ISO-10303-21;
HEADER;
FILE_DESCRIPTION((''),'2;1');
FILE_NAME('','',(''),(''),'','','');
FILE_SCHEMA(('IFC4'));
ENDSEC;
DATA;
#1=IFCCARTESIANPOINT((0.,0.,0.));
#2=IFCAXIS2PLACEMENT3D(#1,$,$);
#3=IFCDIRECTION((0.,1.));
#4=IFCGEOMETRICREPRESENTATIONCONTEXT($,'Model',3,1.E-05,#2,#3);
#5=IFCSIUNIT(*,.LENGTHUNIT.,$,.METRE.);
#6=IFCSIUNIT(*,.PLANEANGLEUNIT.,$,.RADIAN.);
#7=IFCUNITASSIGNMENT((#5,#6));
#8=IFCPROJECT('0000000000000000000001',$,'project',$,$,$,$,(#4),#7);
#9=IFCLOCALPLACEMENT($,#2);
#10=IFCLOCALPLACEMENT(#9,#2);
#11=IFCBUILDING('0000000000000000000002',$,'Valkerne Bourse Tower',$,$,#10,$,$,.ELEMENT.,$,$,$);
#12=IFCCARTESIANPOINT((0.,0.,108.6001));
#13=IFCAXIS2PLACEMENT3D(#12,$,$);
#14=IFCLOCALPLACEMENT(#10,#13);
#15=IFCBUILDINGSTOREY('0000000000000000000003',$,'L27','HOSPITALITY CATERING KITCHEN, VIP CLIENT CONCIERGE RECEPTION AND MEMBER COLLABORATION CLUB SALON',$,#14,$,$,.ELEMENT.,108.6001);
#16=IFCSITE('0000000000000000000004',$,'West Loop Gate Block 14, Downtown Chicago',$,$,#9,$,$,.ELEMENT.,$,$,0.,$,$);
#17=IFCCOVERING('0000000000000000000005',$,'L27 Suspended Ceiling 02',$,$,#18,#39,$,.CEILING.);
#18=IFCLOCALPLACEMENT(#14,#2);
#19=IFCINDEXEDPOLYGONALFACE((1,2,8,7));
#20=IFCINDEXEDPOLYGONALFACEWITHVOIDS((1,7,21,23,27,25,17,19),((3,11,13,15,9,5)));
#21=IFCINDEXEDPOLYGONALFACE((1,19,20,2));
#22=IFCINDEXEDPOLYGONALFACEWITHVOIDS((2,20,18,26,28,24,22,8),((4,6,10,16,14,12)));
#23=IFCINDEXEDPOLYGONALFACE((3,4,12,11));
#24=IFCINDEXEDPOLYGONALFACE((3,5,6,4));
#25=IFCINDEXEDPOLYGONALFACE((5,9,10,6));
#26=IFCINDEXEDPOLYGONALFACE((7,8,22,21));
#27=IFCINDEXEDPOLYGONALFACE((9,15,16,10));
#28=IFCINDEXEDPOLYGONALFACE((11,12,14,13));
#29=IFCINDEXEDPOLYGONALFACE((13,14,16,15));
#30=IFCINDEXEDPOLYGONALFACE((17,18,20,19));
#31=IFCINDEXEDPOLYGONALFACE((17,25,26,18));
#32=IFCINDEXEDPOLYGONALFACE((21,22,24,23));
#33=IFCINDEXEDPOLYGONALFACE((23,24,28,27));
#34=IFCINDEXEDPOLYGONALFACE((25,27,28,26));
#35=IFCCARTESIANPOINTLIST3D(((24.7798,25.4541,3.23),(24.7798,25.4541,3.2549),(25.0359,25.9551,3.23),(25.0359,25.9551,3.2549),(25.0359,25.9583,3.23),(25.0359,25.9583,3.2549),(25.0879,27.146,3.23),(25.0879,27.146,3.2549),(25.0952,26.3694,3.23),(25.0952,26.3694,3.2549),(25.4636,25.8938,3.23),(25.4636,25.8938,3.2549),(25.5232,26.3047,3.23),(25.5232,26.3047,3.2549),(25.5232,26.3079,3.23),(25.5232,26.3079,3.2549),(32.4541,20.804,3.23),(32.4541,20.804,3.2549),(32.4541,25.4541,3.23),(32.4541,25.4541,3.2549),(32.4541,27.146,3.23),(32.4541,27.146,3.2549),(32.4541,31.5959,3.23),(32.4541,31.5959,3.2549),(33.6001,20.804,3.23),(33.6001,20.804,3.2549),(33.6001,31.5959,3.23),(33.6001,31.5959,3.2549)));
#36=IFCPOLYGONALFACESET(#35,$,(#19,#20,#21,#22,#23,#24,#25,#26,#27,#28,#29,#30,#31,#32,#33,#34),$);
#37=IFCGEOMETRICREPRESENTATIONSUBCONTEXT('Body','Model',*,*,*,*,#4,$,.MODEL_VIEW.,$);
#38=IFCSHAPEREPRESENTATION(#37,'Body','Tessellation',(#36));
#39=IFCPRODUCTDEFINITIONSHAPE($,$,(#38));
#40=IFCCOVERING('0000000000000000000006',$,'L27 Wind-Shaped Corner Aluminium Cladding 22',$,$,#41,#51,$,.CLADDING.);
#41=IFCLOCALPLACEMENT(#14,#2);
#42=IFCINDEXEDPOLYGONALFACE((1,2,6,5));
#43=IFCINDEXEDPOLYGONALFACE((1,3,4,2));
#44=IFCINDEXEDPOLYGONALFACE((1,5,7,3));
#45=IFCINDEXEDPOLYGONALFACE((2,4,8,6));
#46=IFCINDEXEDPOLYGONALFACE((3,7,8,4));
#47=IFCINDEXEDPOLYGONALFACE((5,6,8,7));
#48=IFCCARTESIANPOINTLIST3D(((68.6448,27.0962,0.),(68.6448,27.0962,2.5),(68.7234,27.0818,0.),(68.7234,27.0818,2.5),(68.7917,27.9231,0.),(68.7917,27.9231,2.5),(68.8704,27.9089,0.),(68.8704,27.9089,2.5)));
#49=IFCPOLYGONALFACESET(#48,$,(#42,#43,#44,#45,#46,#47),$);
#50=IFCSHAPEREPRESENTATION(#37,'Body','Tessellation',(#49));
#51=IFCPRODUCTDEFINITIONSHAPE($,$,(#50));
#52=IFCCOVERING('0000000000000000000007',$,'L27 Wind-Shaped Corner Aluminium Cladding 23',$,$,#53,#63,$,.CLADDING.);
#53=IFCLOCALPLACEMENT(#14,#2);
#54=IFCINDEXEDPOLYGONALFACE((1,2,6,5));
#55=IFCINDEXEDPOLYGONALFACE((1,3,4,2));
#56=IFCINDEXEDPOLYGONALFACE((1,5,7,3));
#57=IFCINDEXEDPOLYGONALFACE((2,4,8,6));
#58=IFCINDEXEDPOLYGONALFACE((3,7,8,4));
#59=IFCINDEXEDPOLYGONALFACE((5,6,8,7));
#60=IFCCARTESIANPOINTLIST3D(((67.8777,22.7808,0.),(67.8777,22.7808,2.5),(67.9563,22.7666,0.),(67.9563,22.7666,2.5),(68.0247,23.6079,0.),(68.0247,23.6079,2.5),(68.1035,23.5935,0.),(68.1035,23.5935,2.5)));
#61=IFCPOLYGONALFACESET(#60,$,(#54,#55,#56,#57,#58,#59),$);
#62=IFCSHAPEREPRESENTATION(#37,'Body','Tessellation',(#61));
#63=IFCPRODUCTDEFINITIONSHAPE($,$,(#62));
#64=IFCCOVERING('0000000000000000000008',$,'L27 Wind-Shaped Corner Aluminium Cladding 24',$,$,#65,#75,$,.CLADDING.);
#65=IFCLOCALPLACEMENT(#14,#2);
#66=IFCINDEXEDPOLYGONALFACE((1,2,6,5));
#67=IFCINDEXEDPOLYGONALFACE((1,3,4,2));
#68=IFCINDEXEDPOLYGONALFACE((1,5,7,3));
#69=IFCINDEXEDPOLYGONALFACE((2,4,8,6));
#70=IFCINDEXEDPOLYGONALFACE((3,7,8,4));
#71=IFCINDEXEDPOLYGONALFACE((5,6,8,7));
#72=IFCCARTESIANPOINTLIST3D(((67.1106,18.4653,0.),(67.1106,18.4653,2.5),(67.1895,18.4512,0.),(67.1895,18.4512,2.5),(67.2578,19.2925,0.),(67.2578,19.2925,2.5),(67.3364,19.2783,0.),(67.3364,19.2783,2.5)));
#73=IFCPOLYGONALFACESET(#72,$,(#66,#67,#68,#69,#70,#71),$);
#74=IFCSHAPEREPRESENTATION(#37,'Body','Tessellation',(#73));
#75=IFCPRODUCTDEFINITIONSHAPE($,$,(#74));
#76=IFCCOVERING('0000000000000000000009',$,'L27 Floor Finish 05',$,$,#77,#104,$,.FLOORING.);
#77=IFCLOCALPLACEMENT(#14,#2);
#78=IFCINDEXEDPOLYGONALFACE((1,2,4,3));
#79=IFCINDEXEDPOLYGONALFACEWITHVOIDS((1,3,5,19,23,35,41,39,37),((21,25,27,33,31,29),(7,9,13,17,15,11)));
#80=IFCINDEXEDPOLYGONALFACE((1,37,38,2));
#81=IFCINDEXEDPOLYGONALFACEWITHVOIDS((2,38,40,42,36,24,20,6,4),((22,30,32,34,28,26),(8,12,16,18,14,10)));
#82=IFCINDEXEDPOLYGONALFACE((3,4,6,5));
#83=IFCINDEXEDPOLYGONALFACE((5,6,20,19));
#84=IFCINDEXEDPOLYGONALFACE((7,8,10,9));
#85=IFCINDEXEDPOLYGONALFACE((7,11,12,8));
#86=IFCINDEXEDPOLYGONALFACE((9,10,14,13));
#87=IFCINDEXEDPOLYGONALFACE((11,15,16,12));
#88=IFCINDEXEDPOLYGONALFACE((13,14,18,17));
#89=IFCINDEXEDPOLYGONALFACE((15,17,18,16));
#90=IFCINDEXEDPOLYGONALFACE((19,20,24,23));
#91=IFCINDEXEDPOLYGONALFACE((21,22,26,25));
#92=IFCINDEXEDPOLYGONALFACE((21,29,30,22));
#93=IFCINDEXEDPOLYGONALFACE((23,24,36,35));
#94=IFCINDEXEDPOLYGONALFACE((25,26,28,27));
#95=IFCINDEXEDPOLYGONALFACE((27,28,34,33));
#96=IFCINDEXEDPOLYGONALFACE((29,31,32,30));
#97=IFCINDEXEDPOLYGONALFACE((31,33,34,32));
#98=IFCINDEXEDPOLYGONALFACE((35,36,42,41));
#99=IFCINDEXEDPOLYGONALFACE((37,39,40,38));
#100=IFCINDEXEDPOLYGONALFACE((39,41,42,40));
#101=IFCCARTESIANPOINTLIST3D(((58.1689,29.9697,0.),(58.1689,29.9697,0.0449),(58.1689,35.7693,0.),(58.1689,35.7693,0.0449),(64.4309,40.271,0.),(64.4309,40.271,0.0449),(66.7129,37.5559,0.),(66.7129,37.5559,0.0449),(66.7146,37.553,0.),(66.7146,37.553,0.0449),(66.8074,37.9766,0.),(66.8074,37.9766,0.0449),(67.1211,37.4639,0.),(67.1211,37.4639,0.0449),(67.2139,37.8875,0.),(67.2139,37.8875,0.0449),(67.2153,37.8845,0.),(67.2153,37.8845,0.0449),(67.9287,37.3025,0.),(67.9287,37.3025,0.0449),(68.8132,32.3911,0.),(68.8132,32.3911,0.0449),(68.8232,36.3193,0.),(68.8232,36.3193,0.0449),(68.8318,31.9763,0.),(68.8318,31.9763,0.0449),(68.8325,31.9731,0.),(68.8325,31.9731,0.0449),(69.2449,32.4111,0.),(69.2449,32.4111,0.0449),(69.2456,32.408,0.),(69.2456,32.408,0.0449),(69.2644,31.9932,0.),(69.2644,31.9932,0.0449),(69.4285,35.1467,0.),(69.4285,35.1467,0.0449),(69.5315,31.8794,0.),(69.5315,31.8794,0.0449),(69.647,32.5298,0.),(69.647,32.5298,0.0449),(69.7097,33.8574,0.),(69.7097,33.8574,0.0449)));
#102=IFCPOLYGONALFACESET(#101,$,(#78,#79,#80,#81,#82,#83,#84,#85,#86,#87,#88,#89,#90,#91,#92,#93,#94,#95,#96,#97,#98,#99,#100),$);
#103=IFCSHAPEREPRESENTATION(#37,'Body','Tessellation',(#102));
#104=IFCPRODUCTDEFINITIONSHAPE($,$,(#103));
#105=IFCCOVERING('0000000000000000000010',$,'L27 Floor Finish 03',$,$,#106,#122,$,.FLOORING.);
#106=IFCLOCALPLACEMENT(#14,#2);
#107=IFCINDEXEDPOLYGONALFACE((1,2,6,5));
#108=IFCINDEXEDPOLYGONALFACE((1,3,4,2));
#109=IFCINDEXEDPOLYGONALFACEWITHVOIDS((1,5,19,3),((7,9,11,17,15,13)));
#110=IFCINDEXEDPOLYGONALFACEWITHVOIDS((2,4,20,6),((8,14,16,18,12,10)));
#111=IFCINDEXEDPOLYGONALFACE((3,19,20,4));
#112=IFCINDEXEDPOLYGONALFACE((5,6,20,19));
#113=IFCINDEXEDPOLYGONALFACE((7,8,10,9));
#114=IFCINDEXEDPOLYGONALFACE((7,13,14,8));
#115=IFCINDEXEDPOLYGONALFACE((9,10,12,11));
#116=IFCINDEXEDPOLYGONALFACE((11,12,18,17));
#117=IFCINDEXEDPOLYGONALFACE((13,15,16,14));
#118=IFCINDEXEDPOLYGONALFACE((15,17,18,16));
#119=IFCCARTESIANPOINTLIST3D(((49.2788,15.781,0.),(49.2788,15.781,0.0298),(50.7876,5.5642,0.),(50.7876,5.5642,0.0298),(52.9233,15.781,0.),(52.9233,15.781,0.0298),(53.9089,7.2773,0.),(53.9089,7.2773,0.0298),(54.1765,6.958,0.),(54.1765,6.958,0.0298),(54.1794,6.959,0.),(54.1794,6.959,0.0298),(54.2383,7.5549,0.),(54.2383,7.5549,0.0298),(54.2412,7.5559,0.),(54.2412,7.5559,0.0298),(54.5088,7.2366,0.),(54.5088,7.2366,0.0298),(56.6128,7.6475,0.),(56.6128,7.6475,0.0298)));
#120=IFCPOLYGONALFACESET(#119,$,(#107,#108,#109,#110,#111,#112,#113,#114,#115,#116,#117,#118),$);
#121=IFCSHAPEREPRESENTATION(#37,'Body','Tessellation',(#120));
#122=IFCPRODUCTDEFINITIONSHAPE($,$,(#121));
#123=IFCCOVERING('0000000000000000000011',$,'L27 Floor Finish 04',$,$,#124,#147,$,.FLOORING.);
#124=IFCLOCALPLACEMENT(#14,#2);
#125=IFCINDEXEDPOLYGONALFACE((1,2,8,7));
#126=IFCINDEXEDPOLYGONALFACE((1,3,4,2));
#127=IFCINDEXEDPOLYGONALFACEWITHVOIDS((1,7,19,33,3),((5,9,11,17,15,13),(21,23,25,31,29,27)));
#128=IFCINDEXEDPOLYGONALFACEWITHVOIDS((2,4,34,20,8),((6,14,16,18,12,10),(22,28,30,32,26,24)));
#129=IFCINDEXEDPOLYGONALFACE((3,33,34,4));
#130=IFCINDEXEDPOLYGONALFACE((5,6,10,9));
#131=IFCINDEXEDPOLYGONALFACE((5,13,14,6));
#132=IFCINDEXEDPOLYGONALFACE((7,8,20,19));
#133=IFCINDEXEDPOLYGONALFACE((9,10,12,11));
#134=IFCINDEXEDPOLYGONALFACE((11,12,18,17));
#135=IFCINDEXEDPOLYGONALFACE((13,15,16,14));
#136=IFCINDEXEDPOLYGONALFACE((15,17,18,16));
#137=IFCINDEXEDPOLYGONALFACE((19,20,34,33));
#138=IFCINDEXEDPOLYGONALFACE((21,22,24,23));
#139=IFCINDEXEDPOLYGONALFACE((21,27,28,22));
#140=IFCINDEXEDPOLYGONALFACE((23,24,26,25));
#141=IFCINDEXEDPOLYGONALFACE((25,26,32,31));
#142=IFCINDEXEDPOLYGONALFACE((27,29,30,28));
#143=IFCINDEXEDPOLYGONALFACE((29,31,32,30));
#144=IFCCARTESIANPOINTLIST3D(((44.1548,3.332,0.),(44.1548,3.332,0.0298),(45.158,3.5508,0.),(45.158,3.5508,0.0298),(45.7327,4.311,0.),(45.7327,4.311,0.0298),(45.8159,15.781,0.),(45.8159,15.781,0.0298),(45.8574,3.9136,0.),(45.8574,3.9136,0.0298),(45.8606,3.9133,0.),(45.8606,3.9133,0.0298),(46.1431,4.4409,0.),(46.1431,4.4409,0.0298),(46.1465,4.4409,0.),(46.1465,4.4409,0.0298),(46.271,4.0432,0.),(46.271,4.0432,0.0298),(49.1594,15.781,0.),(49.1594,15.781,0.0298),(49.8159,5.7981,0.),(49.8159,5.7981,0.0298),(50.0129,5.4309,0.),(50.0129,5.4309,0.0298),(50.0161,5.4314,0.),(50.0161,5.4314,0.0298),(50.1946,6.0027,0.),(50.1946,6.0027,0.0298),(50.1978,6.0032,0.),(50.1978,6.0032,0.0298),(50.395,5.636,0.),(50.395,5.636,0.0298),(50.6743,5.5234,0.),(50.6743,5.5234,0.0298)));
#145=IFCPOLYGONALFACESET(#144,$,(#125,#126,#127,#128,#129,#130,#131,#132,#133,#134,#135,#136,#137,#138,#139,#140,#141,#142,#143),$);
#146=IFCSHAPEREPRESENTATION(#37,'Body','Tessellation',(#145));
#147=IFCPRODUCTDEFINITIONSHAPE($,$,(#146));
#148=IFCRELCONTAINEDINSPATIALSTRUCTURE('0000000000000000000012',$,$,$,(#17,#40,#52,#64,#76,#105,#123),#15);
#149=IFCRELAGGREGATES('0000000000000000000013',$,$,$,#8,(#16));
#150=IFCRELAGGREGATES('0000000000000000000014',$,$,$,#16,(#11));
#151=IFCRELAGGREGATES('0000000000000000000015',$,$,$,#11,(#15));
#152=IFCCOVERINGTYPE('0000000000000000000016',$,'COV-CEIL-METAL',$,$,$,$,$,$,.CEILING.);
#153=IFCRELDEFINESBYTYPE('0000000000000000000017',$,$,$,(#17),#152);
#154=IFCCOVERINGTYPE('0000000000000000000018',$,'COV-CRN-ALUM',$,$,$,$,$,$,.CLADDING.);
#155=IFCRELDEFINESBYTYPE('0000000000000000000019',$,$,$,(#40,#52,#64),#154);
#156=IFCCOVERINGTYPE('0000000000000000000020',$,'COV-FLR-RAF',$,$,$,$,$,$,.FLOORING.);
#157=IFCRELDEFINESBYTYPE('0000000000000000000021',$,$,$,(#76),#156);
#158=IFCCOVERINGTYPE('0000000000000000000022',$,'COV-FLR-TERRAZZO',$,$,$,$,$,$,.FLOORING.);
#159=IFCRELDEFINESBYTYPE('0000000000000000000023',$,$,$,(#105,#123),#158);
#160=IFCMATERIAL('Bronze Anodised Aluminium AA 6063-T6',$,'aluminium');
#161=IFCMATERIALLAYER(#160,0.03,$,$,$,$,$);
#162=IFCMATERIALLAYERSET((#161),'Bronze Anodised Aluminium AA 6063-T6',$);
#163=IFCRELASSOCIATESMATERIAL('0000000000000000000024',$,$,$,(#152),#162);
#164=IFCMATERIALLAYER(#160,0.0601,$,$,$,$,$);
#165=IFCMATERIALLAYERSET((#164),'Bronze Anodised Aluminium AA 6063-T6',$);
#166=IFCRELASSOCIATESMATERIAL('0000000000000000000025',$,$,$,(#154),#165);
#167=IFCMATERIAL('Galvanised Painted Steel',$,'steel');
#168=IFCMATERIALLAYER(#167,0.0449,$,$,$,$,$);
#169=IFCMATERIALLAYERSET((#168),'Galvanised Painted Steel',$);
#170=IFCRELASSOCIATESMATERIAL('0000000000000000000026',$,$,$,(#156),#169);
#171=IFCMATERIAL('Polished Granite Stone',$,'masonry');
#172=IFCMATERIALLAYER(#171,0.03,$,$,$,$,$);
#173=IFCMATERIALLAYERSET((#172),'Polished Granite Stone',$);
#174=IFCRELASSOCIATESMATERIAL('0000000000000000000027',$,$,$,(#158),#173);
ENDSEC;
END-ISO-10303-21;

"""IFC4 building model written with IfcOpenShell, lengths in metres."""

from ifc_helpers import new_model, si_unit, direction, frame, origin, place, context, subcontext, project, spatial, polyline, outline, extrude, material, layer, layer_set, type_object, element, save


model = new_model("IFC4")

# Units and contexts
model_context = context("Model", 3, precision=1e-05, world=origin(), true_north=direction((0.0, 1.0)))
body_context = subcontext(model_context, "Body", "Model", "MODEL_VIEW")
ifc_project = project(units=[si_unit("LENGTHUNIT", "METRE"), si_unit("PLANEANGLEUNIT", "RADIAN")], contexts=[model_context])

# Site, building, storey
site_placement = place(None, origin())
site = spatial("IfcSite", under=ifc_project, at=site_placement, Name="West Loop Gate Block 14, Downtown Chicago", CompositionType="ELEMENT", RefElevation=0.0)
building_placement = place(site_placement, origin())
building = spatial("IfcBuilding", under=site, at=building_placement, Name="Valkerne Bourse Tower", CompositionType="ELEMENT")
storey_placement = place(building_placement, frame((0.0, 0.0, 108.6001)))
storey = spatial("IfcBuildingStorey", under=building, at=storey_placement, Name="L27", Description="HOSPITALITY CATERING KITCHEN, VIP CLIENT CONCIERGE RECEPTION AND MEMBER COLLABORATION CLUB SALON", CompositionType="ELEMENT", Elevation=108.6001)

# Coverings
ifc_material_1 = material(Name="Bronze Anodised Aluminium AA 6063-T6", Category="aluminium")
ifc_layer_1 = layer(ifc_material_1, 0.03)
ifc_layer_set_1 = layer_set([ifc_layer_1], Name="Bronze Anodised Aluminium AA 6063-T6")
covering_type_1 = type_object("IfcCoveringType", Name="COV-CEIL-METAL", PredefinedType="CEILING", material=ifc_layer_set_1)
covering_1_placement = place(storey_placement, frame((0.0, 0.0, 3.23)))
element("IfcCovering", 1, at=covering_1_placement, inside=storey, type_object=covering_type_1, Name="L27 Suspended Ceiling 02", PredefinedType="CEILING", context=body_context, shape_type="SweptSolid", body=[
    extrude(outline(polyline([(32.4541, 20.804), (32.4541, 25.4541), (24.7798, 25.4541), (25.0879, 27.146), (32.4541, 27.146), (32.4541, 31.5959), (33.6001, 31.5959), (33.6001, 20.804), (32.4541, 20.804)]), holes=[polyline([(25.5232, 26.3079), (25.0952, 26.3694), (25.0359, 25.9583), (25.0359, 25.9551), (25.4636, 25.8938), (25.5232, 26.3047), (25.5232, 26.3079)])]), origin(), (0.0, 0.0, 1.0), 0.0249),
])
ifc_layer_2 = layer(ifc_material_1, 0.0601)
ifc_layer_set_2 = layer_set([ifc_layer_2], Name="Bronze Anodised Aluminium AA 6063-T6")
covering_type_2 = type_object("IfcCoveringType", Name="COV-CRN-ALUM", PredefinedType="CLADDING", material=ifc_layer_set_2)
covering_2_placement = place(storey_placement, origin())
element("IfcCovering", 2, at=covering_2_placement, inside=storey, type_object=covering_type_2, Name="L27 Wind-Shaped Corner Aluminium Cladding 22", PredefinedType="CLADDING", context=body_context, shape_type="SweptSolid", body=[
    extrude(outline(polyline([(68.7234, 27.0818), (68.6448, 27.0962), (68.7917, 27.9231), (68.8704, 27.9089), (68.7234, 27.0818)])), origin(), (0.0, 0.0, 1.0), 2.5),
])
covering_3_placement = place(storey_placement, origin())
element("IfcCovering", 3, at=covering_3_placement, inside=storey, type_object=covering_type_2, Name="L27 Wind-Shaped Corner Aluminium Cladding 23", PredefinedType="CLADDING", context=body_context, shape_type="SweptSolid", body=[
    extrude(outline(polyline([(67.9563, 22.7666), (67.8777, 22.7808), (68.0247, 23.6079), (68.1035, 23.5935), (67.9563, 22.7666)])), origin(), (0.0, 0.0, 1.0), 2.5),
])
covering_4_placement = place(storey_placement, origin())
element("IfcCovering", 4, at=covering_4_placement, inside=storey, type_object=covering_type_2, Name="L27 Wind-Shaped Corner Aluminium Cladding 24", PredefinedType="CLADDING", context=body_context, shape_type="SweptSolid", body=[
    extrude(outline(polyline([(67.1895, 18.4512), (67.1106, 18.4653), (67.2578, 19.2925), (67.3364, 19.2783), (67.1895, 18.4512)])), origin(), (0.0, 0.0, 1.0), 2.5),
])
ifc_material_2 = material(Name="Galvanised Painted Steel", Category="steel")
ifc_layer_3 = layer(ifc_material_2, 0.0449)
ifc_layer_set_3 = layer_set([ifc_layer_3], Name="Galvanised Painted Steel")
covering_type_3 = type_object("IfcCoveringType", Name="COV-FLR-RAF", PredefinedType="FLOORING", material=ifc_layer_set_3)
covering_5_placement = place(storey_placement, origin())
element("IfcCovering", 5, at=covering_5_placement, inside=storey, type_object=covering_type_3, Name="L27 Floor Finish 05", PredefinedType="FLOORING", context=body_context, shape_type="SweptSolid", body=[
    extrude(outline(polyline([(69.4285, 35.1467), (69.7097, 33.8574), (69.647, 32.5298), (69.5315, 31.8794), (58.1689, 29.9697), (58.1689, 35.7693), (64.4309, 40.271), (67.9287, 37.3025), (68.8232, 36.3193), (69.4285, 35.1467)]), holes=[polyline([(69.2456, 32.408), (69.2449, 32.4111), (68.8132, 32.3911), (68.8318, 31.9763), (68.8325, 31.9731), (69.2644, 31.9932), (69.2456, 32.408)]), polyline([(67.2153, 37.8845), (67.2139, 37.8875), (66.8074, 37.9766), (66.7129, 37.5559), (66.7146, 37.553), (67.1211, 37.4639), (67.2153, 37.8845)])]), origin(), (0.0, 0.0, 1.0), 0.0449),
])
ifc_material_3 = material(Name="Polished Granite Stone", Category="masonry")
ifc_layer_4 = layer(ifc_material_3, 0.03)
ifc_layer_set_4 = layer_set([ifc_layer_4], Name="Polished Granite Stone")
covering_type_4 = type_object("IfcCoveringType", Name="COV-FLR-TERRAZZO", PredefinedType="FLOORING", material=ifc_layer_set_4)
covering_6_placement = place(storey_placement, origin())
element("IfcCovering", 6, at=covering_6_placement, inside=storey, type_object=covering_type_4, Name="L27 Floor Finish 03", PredefinedType="FLOORING", context=body_context, shape_type="SweptSolid", body=[
    extrude(outline(polyline([(52.9233, 15.781), (56.6128, 7.6475), (50.7876, 5.5642), (49.2788, 15.781), (52.9233, 15.781)]), holes=[polyline([(54.5088, 7.2366), (54.2412, 7.5559), (54.2383, 7.5549), (53.9089, 7.2773), (54.1765, 6.958), (54.1794, 6.959), (54.5088, 7.2366)])]), origin(), (0.0, 0.0, 1.0), 0.0298),
])
covering_7_placement = place(storey_placement, origin())
element("IfcCovering", 7, at=covering_7_placement, inside=storey, type_object=covering_type_4, Name="L27 Floor Finish 04", PredefinedType="FLOORING", context=body_context, shape_type="SweptSolid", body=[
    extrude(outline(polyline([(45.8159, 15.781), (49.1594, 15.781), (50.6743, 5.5234), (45.158, 3.5508), (44.1548, 3.332), (45.8159, 15.781)]), holes=[polyline([(46.271, 4.0432), (46.1465, 4.4409), (46.1431, 4.4409), (45.7327, 4.311), (45.8574, 3.9136), (45.8606, 3.9133), (46.271, 4.0432)]), polyline([(50.395, 5.636), (50.1978, 6.0032), (50.1946, 6.0027), (49.8159, 5.7981), (50.0129, 5.4309), (50.0161, 5.4314), (50.395, 5.636)])]), origin(), (0.0, 0.0, 1.0), 0.0298),
])

save(model, "model.ifc")
